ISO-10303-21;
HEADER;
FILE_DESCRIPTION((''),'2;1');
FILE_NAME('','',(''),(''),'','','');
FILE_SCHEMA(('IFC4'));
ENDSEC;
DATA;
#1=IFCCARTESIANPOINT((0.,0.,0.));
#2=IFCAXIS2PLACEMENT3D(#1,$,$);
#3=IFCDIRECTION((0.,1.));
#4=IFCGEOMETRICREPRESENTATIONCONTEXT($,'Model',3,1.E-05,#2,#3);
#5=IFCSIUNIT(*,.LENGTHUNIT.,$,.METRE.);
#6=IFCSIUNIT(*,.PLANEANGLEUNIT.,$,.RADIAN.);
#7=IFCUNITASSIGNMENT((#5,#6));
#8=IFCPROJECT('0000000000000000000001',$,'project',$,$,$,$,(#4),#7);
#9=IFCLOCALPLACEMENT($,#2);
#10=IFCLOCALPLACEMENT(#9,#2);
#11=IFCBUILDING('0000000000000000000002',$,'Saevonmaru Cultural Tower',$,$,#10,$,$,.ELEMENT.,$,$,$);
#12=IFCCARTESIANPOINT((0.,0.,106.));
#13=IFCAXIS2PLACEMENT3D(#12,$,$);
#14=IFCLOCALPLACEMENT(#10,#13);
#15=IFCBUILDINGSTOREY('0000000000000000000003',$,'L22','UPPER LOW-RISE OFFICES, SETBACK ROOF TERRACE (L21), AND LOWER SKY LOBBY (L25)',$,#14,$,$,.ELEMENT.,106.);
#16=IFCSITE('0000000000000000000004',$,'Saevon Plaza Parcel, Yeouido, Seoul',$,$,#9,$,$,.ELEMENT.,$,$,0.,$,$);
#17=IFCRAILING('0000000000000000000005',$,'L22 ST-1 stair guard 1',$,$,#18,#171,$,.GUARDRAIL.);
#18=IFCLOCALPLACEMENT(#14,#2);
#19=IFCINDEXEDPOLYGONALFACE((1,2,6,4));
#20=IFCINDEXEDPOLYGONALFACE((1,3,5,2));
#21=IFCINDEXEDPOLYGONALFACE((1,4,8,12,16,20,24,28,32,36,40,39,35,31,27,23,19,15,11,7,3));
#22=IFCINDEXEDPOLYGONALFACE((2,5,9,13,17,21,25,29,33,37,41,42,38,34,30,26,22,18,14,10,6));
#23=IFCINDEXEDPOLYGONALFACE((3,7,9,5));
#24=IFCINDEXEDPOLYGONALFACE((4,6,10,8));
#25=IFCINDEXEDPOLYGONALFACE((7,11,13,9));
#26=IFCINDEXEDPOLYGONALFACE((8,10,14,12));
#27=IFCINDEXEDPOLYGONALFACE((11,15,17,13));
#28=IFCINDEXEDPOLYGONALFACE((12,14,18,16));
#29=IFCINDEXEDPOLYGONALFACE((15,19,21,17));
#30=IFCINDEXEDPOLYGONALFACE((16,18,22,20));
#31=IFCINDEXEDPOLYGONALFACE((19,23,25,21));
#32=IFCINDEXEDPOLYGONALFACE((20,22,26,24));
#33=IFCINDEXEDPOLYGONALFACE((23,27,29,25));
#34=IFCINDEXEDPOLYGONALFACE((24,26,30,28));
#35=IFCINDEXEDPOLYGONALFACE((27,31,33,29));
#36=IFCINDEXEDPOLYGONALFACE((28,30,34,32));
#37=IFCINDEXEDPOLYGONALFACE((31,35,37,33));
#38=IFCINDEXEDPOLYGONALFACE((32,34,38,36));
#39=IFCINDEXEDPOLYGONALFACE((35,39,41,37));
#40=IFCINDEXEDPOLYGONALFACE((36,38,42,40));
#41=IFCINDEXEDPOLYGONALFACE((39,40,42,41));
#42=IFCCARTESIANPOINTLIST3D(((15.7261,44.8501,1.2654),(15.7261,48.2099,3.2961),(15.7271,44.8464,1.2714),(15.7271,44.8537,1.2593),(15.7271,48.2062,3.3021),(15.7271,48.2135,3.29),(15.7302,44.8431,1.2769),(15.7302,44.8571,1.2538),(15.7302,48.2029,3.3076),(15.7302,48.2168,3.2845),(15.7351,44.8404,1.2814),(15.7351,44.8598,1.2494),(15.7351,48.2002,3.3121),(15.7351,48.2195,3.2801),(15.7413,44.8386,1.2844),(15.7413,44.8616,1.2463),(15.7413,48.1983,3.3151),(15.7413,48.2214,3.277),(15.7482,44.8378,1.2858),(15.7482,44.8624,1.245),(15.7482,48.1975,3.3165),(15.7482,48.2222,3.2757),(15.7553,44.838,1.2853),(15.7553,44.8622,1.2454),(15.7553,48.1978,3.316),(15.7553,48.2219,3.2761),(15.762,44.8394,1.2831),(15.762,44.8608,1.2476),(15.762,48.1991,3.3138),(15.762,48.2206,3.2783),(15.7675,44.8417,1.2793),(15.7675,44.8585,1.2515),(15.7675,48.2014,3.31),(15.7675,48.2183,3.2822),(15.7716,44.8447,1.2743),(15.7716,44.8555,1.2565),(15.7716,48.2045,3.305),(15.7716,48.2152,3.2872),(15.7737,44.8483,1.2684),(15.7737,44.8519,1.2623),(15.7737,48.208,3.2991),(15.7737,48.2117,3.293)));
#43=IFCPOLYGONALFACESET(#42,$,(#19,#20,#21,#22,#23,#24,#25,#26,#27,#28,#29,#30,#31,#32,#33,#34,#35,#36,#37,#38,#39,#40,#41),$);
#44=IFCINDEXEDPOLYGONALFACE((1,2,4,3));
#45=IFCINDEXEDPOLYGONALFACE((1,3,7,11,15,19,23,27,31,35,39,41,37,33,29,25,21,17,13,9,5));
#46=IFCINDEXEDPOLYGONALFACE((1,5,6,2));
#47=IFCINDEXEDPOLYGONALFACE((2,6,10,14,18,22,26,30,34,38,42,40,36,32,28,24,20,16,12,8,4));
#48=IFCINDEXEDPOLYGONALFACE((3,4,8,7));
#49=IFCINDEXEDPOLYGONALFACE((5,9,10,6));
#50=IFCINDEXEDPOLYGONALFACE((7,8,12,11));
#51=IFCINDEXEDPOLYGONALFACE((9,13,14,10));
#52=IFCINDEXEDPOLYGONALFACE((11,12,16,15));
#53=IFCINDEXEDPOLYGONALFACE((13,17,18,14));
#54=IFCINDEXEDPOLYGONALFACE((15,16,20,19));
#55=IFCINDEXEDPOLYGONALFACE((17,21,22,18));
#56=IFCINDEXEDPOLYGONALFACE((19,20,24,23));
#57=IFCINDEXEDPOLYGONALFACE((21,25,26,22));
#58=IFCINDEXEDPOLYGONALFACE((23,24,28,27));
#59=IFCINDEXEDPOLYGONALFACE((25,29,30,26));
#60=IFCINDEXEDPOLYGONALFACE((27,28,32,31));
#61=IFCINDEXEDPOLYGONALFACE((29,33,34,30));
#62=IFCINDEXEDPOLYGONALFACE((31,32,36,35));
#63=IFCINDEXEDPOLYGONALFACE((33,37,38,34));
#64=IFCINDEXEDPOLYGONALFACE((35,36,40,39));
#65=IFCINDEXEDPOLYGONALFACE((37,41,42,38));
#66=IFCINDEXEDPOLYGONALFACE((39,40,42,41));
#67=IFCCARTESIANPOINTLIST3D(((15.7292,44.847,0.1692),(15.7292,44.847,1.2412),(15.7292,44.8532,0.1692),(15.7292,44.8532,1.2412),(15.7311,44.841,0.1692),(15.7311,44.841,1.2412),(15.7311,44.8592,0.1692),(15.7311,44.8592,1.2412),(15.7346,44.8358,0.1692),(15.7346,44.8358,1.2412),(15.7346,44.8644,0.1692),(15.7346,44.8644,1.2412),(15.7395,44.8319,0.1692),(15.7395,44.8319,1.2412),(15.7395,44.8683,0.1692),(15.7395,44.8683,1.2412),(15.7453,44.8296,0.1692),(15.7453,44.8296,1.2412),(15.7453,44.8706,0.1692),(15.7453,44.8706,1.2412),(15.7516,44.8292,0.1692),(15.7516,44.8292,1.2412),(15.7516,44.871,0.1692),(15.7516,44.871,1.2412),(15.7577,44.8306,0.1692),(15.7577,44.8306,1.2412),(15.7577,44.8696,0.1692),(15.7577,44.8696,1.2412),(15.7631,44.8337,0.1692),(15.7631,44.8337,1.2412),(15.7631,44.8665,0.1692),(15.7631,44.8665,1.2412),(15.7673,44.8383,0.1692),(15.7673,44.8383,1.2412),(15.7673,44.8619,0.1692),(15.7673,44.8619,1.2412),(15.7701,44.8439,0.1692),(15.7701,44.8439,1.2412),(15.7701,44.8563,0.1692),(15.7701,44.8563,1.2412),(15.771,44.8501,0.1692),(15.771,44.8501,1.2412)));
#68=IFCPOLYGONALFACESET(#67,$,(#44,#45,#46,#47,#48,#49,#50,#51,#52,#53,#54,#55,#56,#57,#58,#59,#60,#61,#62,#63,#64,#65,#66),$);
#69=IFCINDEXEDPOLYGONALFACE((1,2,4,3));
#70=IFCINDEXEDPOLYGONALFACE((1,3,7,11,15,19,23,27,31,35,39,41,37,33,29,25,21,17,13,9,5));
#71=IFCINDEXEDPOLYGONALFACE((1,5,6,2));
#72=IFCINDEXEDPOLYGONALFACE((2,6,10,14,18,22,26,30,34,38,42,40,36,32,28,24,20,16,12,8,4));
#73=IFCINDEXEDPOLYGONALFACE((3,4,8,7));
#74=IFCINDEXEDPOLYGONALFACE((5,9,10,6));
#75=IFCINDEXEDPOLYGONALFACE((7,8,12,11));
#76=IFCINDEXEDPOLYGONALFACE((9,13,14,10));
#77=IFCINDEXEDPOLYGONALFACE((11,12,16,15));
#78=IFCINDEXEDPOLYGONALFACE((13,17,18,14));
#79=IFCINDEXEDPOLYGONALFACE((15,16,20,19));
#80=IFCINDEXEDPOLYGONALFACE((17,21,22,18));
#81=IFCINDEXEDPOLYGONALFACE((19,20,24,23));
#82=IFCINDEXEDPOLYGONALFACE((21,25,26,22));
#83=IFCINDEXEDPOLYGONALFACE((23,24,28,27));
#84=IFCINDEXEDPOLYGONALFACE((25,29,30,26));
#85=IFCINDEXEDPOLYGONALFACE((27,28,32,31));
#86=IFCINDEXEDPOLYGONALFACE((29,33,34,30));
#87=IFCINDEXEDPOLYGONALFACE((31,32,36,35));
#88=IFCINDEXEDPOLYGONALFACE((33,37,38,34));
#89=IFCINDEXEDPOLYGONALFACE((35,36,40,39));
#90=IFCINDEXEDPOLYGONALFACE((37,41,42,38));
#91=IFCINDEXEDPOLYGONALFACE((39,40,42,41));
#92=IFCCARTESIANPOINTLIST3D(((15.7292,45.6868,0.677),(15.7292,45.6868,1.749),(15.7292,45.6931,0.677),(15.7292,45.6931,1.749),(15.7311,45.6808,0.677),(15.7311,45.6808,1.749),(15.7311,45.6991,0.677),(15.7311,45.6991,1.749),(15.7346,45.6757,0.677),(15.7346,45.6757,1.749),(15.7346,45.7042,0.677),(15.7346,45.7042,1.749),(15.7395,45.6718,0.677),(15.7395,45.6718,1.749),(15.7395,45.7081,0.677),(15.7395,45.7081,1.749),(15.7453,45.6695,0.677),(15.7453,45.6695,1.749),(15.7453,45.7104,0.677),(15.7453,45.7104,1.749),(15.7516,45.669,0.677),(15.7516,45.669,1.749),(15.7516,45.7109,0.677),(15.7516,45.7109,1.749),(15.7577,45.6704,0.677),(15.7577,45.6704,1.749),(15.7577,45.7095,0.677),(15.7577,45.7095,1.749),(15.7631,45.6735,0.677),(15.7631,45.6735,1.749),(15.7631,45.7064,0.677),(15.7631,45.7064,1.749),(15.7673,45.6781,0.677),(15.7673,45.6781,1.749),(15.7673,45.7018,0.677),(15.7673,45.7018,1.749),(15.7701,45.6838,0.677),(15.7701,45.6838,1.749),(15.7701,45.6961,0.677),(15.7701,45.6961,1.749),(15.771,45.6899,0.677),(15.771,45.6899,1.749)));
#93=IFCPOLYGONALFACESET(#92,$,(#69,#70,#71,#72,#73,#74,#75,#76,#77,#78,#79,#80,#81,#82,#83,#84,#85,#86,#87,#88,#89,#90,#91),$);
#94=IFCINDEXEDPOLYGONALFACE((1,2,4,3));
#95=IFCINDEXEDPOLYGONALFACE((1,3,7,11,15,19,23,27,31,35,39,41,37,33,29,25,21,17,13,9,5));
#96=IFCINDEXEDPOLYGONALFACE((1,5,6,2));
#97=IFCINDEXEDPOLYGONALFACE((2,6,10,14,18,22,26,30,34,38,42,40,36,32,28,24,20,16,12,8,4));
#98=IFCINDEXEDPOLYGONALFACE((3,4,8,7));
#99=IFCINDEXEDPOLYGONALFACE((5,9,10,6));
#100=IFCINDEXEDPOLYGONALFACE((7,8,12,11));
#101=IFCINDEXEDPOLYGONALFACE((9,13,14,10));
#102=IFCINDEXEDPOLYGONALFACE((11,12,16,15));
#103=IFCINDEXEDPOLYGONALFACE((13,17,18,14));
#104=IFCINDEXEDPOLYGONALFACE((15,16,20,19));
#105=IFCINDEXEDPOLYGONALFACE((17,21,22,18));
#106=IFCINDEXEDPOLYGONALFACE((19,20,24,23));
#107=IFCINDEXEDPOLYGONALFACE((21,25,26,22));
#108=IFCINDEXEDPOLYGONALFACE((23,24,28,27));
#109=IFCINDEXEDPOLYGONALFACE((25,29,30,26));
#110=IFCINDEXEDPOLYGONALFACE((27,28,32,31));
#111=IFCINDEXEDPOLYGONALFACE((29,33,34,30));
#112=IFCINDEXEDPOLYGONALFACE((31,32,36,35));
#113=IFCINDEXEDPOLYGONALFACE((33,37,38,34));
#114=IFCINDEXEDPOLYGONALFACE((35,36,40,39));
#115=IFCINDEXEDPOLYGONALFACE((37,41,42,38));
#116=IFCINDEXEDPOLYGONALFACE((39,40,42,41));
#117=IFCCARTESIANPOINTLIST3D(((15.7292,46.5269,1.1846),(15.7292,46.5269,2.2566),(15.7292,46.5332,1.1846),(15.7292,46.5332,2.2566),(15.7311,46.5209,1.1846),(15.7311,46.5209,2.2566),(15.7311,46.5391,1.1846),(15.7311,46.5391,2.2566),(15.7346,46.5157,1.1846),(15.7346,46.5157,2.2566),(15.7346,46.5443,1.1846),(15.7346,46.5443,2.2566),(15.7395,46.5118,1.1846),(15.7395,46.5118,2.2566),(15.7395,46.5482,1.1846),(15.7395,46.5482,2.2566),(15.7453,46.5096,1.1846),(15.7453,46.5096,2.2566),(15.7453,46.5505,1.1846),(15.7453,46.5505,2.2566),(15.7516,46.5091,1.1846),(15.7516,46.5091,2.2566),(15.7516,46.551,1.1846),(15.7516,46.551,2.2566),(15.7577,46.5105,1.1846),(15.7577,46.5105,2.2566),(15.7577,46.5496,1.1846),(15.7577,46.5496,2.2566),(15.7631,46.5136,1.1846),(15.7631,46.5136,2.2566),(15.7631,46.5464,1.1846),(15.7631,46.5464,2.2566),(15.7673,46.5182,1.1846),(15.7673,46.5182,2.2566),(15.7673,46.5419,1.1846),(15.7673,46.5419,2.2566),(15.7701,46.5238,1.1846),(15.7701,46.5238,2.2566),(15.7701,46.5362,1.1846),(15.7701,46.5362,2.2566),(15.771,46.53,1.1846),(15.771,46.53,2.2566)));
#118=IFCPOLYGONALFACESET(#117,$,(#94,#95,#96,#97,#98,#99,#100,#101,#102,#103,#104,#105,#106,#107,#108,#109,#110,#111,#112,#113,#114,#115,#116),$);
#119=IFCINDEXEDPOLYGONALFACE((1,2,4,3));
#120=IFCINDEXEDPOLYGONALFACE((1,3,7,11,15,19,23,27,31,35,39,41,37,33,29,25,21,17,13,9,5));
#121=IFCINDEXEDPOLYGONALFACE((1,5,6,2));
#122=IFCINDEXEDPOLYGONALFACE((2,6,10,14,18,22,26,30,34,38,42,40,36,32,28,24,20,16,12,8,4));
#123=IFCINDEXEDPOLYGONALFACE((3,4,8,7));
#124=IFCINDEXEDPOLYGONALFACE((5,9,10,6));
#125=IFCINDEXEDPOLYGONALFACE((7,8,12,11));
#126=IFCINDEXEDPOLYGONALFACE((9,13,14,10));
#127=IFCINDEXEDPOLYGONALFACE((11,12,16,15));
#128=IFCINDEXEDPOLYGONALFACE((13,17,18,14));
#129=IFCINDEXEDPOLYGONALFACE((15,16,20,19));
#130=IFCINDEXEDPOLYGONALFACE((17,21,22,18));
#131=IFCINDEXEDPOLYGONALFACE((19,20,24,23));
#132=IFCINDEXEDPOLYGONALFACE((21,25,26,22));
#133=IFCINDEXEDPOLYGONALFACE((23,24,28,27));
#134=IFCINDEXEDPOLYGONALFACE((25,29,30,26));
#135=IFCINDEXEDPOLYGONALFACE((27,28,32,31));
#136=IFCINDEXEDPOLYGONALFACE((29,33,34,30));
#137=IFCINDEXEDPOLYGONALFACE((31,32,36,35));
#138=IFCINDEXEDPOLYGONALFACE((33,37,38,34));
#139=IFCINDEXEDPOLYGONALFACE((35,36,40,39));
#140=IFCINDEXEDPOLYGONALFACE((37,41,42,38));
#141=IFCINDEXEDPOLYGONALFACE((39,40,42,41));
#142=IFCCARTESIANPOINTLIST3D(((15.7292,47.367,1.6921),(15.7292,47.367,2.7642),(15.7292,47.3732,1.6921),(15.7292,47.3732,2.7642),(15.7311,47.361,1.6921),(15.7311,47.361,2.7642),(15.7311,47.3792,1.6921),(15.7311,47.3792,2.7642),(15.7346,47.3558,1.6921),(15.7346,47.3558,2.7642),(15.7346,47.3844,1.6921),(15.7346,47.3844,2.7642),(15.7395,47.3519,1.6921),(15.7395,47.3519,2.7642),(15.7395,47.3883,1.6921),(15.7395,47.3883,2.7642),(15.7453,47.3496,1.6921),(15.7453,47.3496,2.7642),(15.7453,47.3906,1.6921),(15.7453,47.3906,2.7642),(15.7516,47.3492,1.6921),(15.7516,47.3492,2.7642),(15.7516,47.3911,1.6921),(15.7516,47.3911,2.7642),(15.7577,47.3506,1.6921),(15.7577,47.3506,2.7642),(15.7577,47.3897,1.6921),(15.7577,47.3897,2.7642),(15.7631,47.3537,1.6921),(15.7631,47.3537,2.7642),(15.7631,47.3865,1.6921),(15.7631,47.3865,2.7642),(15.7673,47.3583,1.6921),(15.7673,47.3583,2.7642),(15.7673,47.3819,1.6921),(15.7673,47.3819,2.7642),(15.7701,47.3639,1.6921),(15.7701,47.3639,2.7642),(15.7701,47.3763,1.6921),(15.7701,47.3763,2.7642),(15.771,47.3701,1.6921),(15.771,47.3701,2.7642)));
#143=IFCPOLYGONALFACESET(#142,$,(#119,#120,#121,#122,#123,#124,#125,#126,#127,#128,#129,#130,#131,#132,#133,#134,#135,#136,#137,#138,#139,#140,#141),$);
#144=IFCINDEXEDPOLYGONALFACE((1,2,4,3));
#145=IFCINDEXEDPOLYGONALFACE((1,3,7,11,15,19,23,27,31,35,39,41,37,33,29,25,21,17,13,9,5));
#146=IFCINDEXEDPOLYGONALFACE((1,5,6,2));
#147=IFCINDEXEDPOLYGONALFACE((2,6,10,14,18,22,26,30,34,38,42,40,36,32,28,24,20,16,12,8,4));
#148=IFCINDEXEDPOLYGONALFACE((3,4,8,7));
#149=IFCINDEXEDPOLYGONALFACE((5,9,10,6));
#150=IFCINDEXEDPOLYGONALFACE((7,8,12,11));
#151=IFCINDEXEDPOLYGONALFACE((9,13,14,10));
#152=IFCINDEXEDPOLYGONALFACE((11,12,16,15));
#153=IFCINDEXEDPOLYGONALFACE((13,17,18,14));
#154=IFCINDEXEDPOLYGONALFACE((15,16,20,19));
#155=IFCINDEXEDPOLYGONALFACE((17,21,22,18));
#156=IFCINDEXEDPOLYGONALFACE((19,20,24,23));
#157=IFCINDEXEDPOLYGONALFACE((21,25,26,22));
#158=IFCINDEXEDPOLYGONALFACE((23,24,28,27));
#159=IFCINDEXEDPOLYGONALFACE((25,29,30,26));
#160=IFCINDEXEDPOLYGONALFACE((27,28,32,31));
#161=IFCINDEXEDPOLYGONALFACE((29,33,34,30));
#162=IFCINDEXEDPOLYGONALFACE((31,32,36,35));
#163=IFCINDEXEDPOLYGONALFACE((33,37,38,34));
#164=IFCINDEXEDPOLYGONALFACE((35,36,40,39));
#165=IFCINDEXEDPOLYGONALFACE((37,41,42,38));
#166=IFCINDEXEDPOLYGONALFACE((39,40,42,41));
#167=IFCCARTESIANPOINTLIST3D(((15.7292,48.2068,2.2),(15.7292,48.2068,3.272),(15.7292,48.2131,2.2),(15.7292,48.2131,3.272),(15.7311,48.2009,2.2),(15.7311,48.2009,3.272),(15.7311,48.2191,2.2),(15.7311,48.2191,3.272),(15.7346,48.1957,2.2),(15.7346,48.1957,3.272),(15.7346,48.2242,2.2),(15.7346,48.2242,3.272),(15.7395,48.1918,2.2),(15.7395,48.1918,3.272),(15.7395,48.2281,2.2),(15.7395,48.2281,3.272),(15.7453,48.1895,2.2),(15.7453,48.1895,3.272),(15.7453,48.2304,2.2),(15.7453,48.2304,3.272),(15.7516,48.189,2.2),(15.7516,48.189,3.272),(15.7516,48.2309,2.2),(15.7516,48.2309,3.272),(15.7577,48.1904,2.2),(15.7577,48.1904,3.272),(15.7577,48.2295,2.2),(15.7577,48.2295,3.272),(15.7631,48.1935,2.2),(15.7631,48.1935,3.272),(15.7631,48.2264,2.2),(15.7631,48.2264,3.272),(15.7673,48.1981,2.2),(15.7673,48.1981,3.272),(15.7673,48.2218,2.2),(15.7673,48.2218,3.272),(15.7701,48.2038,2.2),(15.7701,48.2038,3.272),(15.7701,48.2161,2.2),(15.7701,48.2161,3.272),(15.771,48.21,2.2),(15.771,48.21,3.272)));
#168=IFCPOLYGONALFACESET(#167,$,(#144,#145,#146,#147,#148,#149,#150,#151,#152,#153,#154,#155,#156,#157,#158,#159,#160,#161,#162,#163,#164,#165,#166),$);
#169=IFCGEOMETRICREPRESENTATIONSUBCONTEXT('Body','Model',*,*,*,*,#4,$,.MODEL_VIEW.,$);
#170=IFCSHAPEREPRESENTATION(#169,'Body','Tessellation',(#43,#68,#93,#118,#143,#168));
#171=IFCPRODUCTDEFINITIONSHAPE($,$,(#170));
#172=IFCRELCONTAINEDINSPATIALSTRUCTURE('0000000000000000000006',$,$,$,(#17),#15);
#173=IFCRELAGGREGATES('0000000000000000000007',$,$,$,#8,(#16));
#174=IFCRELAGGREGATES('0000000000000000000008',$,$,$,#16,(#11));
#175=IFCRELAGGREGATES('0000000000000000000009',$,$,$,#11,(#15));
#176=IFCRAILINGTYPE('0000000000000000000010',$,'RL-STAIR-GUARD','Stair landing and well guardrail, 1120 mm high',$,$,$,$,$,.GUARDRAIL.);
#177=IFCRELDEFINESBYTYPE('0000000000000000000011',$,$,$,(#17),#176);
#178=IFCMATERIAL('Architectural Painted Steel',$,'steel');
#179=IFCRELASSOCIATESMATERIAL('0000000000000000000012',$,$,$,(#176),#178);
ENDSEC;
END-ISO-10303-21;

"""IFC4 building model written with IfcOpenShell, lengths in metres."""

from ifc_helpers import new_model, si_unit, direction, frame, origin, origin_2d, place, context, subcontext, project, spatial, circle, extrude, material, type_object, element, save


model = new_model("IFC4")

# Units and contexts
model_context = context("Model", 3, precision=1e-05, world=origin(), true_north=direction((0.0, 1.0)))
body_context = subcontext(model_context, "Body", "Model", "MODEL_VIEW")
ifc_project = project(units=[si_unit("LENGTHUNIT", "METRE"), si_unit("PLANEANGLEUNIT", "RADIAN")], contexts=[model_context])

# Site, building, storey
site_placement = place(None, origin())
site = spatial("IfcSite", under=ifc_project, at=site_placement, Name="Saevon Plaza Parcel, Yeouido, Seoul", CompositionType="ELEMENT", RefElevation=0.0)
building_placement = place(site_placement, origin())
building = spatial("IfcBuilding", under=site, at=building_placement, Name="Saevonmaru Cultural Tower", CompositionType="ELEMENT")
storey_placement = place(building_placement, frame((0.0, 0.0, 106.0)))
storey = spatial("IfcBuildingStorey", under=building, at=storey_placement, Name="L22", Description="UPPER LOW-RISE OFFICES, SETBACK ROOF TERRACE (L21), AND LOWER SKY LOBBY (L25)", CompositionType="ELEMENT", Elevation=106.0)

# Railing
ifc_material_1 = material(Name="Architectural Painted Steel", Category="steel")
railing_type_1 = type_object("IfcRailingType", Name="RL-STAIR-GUARD", Description="Stair landing and well guardrail, 1120 mm high", PredefinedType="GUARDRAIL", material=ifc_material_1)
railing_1_placement = place(storey_placement, frame((15.75, 44.8501, 0.1692)))
element("IfcRailing", 1, at=railing_1_placement, inside=storey, type_object=railing_type_1, Name="L22 ST-1 stair guard 1", PredefinedType="GUARDRAIL", context=body_context, shape_type="SweptSolid", body=[
    extrude(circle(Radius=0.0239, at=origin_2d()), frame((0.0, 0.0, 1.0962), z_axis=(0.0, 0.85582, 0.517273), x_axis=(-1.0, 0.0, 0.0)), (0.0, 0.0, 1.0), 3.9258),
    extrude(circle(Radius=0.021, at=origin_2d()), origin(), (0.0, 0.0, 1.0), 1.072),
    extrude(circle(Radius=0.021, at=origin_2d()), frame((0.0, 0.8398, 0.5078)), (0.0, 0.0, 1.0), 1.072),
    extrude(circle(Radius=0.021, at=origin_2d()), frame((0.0, 1.6799, 1.0154)), (0.0, 0.0, 1.0), 1.072),
    extrude(circle(Radius=0.021, at=origin_2d()), frame((0.0, 2.52, 1.5229)), (0.0, 0.0, 1.0), 1.072),
    extrude(circle(Radius=0.021, at=origin_2d()), frame((0.0, 3.3599, 2.0308)), (0.0, 0.0, 1.0), 1.072),
])

save(model, "model.ifc")
